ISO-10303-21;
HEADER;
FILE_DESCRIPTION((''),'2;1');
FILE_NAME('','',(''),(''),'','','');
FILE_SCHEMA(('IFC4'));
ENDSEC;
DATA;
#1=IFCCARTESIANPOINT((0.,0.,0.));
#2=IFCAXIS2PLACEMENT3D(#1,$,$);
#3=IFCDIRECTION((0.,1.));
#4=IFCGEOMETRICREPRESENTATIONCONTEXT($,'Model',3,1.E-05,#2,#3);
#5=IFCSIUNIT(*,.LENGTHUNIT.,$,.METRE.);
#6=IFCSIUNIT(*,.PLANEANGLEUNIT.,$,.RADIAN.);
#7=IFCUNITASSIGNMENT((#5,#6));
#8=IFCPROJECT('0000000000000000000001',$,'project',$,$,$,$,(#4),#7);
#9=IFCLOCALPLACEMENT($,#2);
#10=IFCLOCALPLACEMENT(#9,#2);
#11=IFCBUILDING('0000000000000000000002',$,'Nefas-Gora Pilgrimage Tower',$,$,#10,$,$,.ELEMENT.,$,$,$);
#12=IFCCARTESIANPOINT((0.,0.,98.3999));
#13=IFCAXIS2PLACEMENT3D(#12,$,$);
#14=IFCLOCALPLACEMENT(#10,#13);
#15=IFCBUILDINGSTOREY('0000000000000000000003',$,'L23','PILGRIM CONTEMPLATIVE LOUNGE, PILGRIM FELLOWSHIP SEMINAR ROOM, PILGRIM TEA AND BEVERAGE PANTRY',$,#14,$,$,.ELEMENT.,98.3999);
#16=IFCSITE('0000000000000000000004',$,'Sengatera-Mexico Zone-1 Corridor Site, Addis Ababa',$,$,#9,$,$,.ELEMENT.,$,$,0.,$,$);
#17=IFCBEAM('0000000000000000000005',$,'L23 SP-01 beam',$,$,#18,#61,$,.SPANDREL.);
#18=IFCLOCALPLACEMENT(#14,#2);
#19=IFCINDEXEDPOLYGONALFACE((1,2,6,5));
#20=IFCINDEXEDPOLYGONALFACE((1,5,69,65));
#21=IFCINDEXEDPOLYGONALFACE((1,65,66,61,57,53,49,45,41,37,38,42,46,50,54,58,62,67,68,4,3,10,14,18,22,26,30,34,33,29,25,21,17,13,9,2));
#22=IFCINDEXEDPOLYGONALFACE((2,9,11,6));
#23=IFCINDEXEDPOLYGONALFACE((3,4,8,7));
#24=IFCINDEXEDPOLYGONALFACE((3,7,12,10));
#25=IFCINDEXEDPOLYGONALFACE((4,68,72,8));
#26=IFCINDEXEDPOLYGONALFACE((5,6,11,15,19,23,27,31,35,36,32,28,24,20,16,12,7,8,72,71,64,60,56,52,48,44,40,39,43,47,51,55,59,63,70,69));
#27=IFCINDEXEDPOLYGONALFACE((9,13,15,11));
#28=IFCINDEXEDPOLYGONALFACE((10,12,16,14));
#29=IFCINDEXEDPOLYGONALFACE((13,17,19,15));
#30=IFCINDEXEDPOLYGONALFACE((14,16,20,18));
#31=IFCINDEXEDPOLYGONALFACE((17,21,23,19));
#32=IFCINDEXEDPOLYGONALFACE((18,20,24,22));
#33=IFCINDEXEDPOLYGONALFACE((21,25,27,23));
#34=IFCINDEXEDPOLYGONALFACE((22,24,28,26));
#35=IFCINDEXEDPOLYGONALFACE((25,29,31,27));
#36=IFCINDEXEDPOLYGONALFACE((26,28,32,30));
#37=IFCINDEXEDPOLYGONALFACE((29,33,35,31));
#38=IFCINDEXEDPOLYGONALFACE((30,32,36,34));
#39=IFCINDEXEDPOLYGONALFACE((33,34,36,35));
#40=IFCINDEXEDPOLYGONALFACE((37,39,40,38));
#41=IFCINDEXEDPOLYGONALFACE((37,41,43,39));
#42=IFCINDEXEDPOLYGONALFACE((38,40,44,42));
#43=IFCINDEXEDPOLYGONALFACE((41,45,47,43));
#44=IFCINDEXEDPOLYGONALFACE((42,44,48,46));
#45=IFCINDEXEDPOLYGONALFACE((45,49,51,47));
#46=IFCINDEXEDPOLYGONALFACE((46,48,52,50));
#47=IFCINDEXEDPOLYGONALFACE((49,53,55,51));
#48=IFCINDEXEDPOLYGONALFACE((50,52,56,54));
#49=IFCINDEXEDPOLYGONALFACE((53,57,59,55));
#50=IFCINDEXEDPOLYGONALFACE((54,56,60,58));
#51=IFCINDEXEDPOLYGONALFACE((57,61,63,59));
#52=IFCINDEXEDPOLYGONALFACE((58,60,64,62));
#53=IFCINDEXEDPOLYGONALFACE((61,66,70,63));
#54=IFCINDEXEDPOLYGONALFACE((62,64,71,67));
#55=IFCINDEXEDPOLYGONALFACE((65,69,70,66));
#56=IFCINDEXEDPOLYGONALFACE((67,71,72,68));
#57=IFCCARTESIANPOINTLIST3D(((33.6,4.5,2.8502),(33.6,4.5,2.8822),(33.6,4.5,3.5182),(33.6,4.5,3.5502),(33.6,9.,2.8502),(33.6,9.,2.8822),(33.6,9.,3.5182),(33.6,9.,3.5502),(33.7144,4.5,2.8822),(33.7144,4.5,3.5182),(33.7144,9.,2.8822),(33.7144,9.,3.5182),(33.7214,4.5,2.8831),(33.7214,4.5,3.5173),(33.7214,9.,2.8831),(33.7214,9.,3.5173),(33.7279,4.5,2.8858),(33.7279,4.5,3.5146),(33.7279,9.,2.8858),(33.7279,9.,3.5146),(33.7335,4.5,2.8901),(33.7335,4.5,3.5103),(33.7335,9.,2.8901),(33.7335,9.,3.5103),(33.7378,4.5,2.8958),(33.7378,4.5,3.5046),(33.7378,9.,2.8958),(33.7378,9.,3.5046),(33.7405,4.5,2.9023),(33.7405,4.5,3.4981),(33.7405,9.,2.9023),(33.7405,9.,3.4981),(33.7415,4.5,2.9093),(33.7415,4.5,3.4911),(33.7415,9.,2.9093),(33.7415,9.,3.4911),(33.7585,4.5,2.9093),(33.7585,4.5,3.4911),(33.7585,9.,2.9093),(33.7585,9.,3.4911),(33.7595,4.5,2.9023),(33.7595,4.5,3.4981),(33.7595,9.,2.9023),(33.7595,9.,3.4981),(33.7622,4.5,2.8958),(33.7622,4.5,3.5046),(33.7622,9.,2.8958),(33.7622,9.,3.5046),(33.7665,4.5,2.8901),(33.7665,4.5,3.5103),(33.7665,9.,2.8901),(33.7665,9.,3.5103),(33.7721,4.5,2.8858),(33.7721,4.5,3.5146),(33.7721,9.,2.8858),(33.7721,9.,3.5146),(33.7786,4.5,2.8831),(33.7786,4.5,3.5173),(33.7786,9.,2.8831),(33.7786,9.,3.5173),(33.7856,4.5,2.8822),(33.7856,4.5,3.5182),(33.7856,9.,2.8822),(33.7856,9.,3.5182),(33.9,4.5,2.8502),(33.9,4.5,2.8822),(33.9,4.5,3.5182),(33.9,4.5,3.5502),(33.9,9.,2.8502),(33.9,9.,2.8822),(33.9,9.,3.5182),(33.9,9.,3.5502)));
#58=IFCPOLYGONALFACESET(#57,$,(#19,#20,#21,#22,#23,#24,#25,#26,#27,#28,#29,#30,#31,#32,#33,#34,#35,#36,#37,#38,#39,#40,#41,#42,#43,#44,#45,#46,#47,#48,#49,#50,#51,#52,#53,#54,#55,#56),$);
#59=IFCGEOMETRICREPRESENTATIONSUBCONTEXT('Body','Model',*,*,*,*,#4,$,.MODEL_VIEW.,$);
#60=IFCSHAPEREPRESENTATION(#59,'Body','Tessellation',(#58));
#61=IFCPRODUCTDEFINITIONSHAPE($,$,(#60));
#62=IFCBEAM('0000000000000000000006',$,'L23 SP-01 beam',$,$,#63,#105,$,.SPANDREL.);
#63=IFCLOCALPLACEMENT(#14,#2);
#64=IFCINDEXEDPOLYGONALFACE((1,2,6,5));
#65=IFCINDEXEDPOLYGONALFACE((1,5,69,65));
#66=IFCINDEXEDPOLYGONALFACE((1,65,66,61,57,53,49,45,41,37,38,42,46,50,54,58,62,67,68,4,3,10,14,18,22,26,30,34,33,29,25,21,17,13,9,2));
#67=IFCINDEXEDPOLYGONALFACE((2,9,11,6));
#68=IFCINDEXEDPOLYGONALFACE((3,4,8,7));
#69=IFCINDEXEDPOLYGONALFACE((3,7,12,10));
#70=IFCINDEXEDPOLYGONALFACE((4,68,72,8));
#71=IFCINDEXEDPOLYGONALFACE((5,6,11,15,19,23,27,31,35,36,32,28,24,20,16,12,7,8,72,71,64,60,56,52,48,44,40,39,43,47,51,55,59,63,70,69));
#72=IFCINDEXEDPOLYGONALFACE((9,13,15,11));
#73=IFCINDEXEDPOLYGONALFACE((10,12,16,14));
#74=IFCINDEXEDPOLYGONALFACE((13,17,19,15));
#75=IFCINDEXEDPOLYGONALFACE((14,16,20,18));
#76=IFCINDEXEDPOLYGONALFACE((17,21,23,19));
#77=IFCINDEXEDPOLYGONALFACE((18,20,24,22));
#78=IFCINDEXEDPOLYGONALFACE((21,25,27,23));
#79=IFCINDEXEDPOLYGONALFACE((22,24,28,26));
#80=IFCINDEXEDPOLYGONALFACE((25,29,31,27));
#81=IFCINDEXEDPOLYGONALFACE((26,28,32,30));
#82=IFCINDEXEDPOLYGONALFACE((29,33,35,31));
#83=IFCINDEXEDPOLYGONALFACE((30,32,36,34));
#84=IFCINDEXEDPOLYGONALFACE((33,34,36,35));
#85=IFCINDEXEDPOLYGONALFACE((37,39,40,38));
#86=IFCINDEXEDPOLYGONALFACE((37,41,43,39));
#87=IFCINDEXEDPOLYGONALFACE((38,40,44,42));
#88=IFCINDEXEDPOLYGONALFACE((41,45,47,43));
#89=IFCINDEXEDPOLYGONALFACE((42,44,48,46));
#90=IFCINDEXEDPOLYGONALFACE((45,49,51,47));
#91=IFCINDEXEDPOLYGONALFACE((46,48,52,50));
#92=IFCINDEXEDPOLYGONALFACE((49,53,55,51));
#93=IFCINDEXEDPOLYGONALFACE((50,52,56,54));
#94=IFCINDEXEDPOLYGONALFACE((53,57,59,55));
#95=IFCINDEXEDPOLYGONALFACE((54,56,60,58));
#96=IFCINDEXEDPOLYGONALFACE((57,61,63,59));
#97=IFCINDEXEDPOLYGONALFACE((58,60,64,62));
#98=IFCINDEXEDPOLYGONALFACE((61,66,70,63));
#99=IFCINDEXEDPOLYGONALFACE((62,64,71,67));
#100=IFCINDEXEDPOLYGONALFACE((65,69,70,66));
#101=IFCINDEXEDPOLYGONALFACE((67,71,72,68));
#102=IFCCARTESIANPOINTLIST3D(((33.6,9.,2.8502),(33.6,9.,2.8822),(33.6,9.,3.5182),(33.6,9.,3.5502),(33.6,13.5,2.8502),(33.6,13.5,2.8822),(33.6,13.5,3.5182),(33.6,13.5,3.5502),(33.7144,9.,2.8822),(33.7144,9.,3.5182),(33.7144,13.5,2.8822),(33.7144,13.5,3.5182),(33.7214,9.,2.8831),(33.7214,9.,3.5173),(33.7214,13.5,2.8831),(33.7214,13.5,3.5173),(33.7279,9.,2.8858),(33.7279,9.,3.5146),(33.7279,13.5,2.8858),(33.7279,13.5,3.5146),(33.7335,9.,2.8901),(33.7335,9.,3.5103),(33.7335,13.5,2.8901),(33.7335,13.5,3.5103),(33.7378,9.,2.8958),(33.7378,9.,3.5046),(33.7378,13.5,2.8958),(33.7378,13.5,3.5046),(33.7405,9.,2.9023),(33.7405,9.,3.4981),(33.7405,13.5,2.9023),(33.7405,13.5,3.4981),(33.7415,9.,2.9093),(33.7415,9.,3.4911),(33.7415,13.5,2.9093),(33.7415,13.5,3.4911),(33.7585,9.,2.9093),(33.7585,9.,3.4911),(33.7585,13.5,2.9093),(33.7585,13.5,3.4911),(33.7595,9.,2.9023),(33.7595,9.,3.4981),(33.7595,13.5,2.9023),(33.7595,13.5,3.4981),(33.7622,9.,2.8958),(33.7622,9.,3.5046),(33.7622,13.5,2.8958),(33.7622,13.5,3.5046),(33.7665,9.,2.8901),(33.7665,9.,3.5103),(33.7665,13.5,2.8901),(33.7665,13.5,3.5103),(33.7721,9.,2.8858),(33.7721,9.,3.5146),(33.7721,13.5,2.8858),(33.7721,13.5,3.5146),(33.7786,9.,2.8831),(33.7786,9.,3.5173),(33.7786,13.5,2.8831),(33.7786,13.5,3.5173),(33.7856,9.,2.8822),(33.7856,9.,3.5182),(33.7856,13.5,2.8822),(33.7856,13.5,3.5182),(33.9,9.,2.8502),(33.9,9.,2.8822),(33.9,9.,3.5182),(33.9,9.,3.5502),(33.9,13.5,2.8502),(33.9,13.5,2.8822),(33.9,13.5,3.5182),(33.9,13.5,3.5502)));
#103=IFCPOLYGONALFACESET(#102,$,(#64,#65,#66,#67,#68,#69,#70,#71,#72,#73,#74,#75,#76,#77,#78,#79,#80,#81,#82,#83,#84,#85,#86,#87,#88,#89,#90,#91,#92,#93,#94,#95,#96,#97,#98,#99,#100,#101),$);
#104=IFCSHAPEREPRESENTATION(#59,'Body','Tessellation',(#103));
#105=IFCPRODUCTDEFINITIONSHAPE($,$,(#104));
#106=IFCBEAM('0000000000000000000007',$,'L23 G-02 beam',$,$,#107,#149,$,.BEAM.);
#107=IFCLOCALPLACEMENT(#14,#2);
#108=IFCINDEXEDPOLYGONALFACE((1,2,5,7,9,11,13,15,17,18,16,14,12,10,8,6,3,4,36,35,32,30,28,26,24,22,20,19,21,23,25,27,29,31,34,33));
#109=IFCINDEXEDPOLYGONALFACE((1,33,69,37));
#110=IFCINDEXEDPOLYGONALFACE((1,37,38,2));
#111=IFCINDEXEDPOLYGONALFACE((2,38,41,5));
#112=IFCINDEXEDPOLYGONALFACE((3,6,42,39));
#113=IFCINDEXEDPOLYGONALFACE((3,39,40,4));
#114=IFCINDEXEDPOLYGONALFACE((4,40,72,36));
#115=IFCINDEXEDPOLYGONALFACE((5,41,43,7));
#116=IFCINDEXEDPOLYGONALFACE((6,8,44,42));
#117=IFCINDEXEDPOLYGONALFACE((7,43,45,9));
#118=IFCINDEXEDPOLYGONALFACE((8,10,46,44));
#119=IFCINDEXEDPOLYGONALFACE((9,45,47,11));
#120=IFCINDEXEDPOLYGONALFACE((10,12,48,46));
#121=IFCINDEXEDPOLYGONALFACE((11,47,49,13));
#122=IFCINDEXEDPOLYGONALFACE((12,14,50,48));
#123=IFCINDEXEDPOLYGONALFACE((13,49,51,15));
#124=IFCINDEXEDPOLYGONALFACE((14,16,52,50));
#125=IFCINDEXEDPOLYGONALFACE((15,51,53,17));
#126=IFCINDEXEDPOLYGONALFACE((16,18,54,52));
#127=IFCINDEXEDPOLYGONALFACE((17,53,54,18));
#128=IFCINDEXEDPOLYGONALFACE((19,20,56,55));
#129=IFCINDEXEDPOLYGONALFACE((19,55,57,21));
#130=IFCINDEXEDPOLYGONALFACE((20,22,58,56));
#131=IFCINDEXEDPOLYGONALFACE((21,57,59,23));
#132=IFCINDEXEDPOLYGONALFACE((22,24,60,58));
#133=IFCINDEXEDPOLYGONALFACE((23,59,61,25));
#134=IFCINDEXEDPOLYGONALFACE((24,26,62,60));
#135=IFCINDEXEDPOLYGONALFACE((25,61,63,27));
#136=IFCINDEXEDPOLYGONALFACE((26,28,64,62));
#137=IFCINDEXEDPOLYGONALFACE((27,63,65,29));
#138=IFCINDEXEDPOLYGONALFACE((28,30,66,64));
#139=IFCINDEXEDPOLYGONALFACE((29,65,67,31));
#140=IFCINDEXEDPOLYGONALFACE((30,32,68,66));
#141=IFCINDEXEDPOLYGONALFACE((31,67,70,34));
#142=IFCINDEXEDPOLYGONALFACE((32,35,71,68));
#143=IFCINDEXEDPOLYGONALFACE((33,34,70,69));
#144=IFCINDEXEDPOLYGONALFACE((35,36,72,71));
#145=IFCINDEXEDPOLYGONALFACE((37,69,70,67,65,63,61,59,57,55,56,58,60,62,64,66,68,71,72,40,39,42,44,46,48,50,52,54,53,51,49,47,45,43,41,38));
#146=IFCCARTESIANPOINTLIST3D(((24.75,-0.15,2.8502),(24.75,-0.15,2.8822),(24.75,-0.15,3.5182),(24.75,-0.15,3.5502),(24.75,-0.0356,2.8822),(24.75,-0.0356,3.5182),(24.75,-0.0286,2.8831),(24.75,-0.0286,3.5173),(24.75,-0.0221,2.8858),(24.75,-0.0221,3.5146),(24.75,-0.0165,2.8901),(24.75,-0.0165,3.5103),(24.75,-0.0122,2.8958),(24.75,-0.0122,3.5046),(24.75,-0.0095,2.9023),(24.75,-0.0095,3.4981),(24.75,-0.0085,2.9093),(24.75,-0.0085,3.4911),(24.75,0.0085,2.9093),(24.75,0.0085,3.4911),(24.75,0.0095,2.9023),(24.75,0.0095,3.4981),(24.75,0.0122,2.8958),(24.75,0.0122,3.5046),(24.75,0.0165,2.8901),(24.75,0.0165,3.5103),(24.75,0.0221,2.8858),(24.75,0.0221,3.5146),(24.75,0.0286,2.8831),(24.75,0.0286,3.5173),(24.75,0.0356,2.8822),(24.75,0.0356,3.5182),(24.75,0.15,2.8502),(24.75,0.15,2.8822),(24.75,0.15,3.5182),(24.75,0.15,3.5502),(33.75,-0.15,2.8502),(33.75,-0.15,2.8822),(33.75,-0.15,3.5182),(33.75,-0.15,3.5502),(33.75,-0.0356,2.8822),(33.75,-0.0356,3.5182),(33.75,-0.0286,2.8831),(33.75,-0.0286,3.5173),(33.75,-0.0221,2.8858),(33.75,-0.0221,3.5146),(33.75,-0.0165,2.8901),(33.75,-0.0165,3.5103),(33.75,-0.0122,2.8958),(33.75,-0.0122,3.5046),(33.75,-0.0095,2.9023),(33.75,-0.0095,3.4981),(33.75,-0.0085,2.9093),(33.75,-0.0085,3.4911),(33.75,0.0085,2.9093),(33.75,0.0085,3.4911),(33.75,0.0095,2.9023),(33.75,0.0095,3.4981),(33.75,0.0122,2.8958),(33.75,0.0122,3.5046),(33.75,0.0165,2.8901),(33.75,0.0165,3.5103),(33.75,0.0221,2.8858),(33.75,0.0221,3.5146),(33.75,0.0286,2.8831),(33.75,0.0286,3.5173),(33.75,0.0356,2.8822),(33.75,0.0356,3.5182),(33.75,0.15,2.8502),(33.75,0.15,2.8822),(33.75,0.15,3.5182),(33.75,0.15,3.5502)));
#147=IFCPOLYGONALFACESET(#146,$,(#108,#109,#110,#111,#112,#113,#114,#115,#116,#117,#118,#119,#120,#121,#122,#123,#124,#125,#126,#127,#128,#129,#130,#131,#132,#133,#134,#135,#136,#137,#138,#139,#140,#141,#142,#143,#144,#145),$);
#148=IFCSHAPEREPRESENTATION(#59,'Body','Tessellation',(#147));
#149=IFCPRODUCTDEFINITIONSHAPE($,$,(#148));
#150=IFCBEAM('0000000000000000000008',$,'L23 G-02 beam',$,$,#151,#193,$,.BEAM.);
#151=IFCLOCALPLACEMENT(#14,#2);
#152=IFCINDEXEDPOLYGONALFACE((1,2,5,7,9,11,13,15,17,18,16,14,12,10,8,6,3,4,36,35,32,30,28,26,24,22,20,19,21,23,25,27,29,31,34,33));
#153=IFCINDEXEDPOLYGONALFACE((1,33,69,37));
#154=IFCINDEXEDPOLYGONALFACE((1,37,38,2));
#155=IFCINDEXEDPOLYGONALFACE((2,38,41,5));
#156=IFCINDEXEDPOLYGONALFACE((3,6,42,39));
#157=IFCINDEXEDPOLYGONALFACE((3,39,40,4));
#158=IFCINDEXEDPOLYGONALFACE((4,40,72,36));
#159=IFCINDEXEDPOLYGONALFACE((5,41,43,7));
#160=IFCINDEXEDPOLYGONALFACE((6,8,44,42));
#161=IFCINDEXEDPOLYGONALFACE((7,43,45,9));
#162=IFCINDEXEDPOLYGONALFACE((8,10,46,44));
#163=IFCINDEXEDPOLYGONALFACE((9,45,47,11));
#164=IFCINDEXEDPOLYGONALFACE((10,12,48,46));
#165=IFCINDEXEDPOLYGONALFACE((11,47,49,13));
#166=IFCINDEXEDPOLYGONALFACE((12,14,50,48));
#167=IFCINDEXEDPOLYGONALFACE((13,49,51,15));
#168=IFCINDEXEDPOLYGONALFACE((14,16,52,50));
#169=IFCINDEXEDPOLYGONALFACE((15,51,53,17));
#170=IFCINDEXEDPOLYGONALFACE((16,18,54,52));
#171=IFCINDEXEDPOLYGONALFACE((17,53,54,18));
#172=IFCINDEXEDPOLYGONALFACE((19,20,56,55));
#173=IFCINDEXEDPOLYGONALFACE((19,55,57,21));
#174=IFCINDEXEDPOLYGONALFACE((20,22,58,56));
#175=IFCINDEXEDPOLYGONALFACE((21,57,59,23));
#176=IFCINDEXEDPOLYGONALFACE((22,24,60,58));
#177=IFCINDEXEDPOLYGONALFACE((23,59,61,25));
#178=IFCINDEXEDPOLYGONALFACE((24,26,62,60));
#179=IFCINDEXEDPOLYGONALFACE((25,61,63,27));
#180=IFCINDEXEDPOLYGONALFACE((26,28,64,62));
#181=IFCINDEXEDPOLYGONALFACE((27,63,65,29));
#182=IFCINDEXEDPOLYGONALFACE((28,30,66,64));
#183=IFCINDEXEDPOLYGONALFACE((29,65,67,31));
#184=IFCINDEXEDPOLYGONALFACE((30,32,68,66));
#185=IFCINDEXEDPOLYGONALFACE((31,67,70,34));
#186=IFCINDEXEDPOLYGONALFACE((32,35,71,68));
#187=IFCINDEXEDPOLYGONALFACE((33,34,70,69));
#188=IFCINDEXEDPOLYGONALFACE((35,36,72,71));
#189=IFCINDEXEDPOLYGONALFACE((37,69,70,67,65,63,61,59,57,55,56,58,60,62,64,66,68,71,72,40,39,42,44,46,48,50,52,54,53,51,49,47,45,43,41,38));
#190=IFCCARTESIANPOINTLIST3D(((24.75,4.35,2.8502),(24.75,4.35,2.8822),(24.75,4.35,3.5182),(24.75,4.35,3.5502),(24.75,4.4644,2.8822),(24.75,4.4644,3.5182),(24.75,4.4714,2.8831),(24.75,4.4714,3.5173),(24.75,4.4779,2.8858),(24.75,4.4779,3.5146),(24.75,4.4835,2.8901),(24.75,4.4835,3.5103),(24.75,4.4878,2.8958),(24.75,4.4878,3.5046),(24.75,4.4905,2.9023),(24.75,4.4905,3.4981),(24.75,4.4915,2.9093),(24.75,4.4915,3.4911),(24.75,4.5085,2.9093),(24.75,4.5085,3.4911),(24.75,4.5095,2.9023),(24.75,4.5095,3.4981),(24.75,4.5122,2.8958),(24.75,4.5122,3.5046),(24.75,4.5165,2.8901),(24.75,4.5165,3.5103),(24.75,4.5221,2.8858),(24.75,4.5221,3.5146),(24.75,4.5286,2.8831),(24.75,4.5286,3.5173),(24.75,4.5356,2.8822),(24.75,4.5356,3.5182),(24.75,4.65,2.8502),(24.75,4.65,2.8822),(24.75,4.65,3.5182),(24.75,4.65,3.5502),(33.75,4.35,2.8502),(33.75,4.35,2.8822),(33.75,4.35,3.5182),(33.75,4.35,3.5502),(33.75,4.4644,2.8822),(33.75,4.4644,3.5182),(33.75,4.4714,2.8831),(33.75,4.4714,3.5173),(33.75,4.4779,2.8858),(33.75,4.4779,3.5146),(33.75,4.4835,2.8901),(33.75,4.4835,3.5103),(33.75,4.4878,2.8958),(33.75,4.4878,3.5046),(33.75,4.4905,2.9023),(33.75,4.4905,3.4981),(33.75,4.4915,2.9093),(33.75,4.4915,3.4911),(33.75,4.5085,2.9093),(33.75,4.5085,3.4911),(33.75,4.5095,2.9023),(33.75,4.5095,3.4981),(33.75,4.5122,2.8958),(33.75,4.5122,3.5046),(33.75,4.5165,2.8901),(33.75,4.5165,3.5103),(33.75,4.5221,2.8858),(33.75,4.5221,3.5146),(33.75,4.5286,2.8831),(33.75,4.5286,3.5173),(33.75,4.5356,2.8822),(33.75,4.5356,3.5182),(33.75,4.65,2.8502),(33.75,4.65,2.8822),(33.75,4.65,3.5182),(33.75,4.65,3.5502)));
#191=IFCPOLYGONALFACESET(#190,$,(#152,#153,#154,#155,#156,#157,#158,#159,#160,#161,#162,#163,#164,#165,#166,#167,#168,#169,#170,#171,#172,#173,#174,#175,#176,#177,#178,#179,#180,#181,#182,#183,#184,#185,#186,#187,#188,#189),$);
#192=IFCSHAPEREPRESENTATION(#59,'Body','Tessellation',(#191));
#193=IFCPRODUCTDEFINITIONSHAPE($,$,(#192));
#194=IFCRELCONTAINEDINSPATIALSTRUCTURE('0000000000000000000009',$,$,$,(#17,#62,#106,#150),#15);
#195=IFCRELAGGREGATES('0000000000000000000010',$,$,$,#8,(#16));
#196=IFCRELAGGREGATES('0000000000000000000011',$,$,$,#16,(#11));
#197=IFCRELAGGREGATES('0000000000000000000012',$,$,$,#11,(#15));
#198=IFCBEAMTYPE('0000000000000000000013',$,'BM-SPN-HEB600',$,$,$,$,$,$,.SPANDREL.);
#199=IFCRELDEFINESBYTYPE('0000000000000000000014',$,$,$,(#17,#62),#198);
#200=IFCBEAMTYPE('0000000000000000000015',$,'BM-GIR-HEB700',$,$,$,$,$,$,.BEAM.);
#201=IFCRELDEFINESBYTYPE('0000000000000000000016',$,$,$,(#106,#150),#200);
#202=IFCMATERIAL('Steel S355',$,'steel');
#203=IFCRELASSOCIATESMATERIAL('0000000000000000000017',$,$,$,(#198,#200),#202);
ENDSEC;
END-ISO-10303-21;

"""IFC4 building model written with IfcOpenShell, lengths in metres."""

from ifc_helpers import new_model, si_unit, direction, frame, origin, origin_2d, place, context, subcontext, project, spatial, i_section, extrude, source, transform, mapped, material, material_profile, profile_set, type_object, element, save


model = new_model("IFC4")

# Units and contexts
model_context = context("Model", 3, precision=1e-05, world=origin(), true_north=direction((0.0, 1.0)))
body_context = subcontext(model_context, "Body", "Model", "MODEL_VIEW")
ifc_project = project(units=[si_unit("LENGTHUNIT", "METRE"), si_unit("PLANEANGLEUNIT", "RADIAN")], contexts=[model_context])

# Site, building, storey
site_placement = place(None, origin())
site = spatial("IfcSite", under=ifc_project, at=site_placement, Name="Sengatera-Mexico Zone-1 Corridor Site, Addis Ababa", CompositionType="ELEMENT", RefElevation=0.0)
building_placement = place(site_placement, origin())
building = spatial("IfcBuilding", under=site, at=building_placement, Name="Nefas-Gora Pilgrimage Tower", CompositionType="ELEMENT")
storey_placement = place(building_placement, frame((0.0, 0.0, 98.3999)))
storey = spatial("IfcBuildingStorey", under=building, at=storey_placement, Name="L23", Description="PILGRIM CONTEMPLATIVE LOUNGE, PILGRIM FELLOWSHIP SEMINAR ROOM, PILGRIM TEA AND BEVERAGE PANTRY", CompositionType="ELEMENT", Elevation=98.3999)

# Beams
ifc_material_1 = material(Name="Steel S355", Category="steel")
ifc_material_profile_1 = material_profile(ifc_material_1, i_section(OverallWidth=0.3, OverallDepth=0.7, WebThickness=0.0171, FlangeThickness=0.032, FilletRadius=0.0271, at=origin_2d()), Name="HEB 700")
ifc_profile_set_1 = profile_set([ifc_material_profile_1], Name="Steel S355")
beam_type_1 = type_object("IfcBeamType", Name="BM-SPN-HEB600", PredefinedType="SPANDREL", material=ifc_profile_set_1)
shared_shape_1 = source(origin(), body_context, "Body", "SweptSolid", [
    extrude(i_section(OverallWidth=0.3, OverallDepth=0.7, WebThickness=0.0171, FlangeThickness=0.032, FilletRadius=0.0271, at=origin_2d()), origin(), (0.0, 0.0, 1.0), 4.5),
])
for number, where, z_axis, x_axis, name in (
    (1, (33.75, 4.5, 3.2002), (0.0, 1.0, 0.0), (-1.0, 0.0, 0.0), "L23 SP-01 beam"),
    (2, (33.75, 9.0, 3.2002), (0.0, 1.0, 0.0), (-1.0, 0.0, 0.0), "L23 SP-01 beam"),
):
    element("IfcBeam", number, at=place(storey_placement, frame(where, z_axis=z_axis, x_axis=x_axis)), inside=storey, type_object=beam_type_1, Name=name, PredefinedType="SPANDREL", context=body_context, shape_type="MappedRepresentation", body=[
        mapped(shared_shape_1, transform((0.0, 0.0, 0.0), x_axis=(1.0, 0.0, 0.0), y_axis=(0.0, 1.0, 0.0), z_axis=(0.0, 0.0, 1.0), scale=1.0)),
    ])
ifc_material_profile_2 = material_profile(ifc_material_1, i_section(OverallWidth=0.3, OverallDepth=0.7, WebThickness=0.0171, FlangeThickness=0.032, FilletRadius=0.0271, at=origin_2d()), Name="HEB 700")
ifc_profile_set_2 = profile_set([ifc_material_profile_2], Name="Steel S355")
beam_type_2 = type_object("IfcBeamType", Name="BM-GIR-HEB700", PredefinedType="BEAM", material=ifc_profile_set_2)
shared_shape_2 = source(origin(), body_context, "Body", "SweptSolid", [
    extrude(i_section(OverallWidth=0.3, OverallDepth=0.7, WebThickness=0.0171, FlangeThickness=0.032, FilletRadius=0.0271, at=origin_2d()), origin(), (0.0, 0.0, 1.0), 9.0),
])
for number, where, z_axis, x_axis, name in (
    (3, (24.75, 0.0, 3.2002), (1.0, 0.0, 0.0), (0.0, 1.0, 0.0), "L23 G-02 beam"),
    (4, (24.75, 4.5, 3.2002), (1.0, 0.0, 0.0), (0.0, 1.0, 0.0), "L23 G-02 beam"),
):
    element("IfcBeam", number, at=place(storey_placement, frame(where, z_axis=z_axis, x_axis=x_axis)), inside=storey, type_object=beam_type_2, Name=name, PredefinedType="BEAM", context=body_context, shape_type="MappedRepresentation", body=[
        mapped(shared_shape_2, transform((0.0, 0.0, 0.0), x_axis=(1.0, 0.0, 0.0), y_axis=(0.0, 1.0, 0.0), z_axis=(0.0, 0.0, 1.0), scale=1.0)),
    ])

save(model, "model.ifc")
